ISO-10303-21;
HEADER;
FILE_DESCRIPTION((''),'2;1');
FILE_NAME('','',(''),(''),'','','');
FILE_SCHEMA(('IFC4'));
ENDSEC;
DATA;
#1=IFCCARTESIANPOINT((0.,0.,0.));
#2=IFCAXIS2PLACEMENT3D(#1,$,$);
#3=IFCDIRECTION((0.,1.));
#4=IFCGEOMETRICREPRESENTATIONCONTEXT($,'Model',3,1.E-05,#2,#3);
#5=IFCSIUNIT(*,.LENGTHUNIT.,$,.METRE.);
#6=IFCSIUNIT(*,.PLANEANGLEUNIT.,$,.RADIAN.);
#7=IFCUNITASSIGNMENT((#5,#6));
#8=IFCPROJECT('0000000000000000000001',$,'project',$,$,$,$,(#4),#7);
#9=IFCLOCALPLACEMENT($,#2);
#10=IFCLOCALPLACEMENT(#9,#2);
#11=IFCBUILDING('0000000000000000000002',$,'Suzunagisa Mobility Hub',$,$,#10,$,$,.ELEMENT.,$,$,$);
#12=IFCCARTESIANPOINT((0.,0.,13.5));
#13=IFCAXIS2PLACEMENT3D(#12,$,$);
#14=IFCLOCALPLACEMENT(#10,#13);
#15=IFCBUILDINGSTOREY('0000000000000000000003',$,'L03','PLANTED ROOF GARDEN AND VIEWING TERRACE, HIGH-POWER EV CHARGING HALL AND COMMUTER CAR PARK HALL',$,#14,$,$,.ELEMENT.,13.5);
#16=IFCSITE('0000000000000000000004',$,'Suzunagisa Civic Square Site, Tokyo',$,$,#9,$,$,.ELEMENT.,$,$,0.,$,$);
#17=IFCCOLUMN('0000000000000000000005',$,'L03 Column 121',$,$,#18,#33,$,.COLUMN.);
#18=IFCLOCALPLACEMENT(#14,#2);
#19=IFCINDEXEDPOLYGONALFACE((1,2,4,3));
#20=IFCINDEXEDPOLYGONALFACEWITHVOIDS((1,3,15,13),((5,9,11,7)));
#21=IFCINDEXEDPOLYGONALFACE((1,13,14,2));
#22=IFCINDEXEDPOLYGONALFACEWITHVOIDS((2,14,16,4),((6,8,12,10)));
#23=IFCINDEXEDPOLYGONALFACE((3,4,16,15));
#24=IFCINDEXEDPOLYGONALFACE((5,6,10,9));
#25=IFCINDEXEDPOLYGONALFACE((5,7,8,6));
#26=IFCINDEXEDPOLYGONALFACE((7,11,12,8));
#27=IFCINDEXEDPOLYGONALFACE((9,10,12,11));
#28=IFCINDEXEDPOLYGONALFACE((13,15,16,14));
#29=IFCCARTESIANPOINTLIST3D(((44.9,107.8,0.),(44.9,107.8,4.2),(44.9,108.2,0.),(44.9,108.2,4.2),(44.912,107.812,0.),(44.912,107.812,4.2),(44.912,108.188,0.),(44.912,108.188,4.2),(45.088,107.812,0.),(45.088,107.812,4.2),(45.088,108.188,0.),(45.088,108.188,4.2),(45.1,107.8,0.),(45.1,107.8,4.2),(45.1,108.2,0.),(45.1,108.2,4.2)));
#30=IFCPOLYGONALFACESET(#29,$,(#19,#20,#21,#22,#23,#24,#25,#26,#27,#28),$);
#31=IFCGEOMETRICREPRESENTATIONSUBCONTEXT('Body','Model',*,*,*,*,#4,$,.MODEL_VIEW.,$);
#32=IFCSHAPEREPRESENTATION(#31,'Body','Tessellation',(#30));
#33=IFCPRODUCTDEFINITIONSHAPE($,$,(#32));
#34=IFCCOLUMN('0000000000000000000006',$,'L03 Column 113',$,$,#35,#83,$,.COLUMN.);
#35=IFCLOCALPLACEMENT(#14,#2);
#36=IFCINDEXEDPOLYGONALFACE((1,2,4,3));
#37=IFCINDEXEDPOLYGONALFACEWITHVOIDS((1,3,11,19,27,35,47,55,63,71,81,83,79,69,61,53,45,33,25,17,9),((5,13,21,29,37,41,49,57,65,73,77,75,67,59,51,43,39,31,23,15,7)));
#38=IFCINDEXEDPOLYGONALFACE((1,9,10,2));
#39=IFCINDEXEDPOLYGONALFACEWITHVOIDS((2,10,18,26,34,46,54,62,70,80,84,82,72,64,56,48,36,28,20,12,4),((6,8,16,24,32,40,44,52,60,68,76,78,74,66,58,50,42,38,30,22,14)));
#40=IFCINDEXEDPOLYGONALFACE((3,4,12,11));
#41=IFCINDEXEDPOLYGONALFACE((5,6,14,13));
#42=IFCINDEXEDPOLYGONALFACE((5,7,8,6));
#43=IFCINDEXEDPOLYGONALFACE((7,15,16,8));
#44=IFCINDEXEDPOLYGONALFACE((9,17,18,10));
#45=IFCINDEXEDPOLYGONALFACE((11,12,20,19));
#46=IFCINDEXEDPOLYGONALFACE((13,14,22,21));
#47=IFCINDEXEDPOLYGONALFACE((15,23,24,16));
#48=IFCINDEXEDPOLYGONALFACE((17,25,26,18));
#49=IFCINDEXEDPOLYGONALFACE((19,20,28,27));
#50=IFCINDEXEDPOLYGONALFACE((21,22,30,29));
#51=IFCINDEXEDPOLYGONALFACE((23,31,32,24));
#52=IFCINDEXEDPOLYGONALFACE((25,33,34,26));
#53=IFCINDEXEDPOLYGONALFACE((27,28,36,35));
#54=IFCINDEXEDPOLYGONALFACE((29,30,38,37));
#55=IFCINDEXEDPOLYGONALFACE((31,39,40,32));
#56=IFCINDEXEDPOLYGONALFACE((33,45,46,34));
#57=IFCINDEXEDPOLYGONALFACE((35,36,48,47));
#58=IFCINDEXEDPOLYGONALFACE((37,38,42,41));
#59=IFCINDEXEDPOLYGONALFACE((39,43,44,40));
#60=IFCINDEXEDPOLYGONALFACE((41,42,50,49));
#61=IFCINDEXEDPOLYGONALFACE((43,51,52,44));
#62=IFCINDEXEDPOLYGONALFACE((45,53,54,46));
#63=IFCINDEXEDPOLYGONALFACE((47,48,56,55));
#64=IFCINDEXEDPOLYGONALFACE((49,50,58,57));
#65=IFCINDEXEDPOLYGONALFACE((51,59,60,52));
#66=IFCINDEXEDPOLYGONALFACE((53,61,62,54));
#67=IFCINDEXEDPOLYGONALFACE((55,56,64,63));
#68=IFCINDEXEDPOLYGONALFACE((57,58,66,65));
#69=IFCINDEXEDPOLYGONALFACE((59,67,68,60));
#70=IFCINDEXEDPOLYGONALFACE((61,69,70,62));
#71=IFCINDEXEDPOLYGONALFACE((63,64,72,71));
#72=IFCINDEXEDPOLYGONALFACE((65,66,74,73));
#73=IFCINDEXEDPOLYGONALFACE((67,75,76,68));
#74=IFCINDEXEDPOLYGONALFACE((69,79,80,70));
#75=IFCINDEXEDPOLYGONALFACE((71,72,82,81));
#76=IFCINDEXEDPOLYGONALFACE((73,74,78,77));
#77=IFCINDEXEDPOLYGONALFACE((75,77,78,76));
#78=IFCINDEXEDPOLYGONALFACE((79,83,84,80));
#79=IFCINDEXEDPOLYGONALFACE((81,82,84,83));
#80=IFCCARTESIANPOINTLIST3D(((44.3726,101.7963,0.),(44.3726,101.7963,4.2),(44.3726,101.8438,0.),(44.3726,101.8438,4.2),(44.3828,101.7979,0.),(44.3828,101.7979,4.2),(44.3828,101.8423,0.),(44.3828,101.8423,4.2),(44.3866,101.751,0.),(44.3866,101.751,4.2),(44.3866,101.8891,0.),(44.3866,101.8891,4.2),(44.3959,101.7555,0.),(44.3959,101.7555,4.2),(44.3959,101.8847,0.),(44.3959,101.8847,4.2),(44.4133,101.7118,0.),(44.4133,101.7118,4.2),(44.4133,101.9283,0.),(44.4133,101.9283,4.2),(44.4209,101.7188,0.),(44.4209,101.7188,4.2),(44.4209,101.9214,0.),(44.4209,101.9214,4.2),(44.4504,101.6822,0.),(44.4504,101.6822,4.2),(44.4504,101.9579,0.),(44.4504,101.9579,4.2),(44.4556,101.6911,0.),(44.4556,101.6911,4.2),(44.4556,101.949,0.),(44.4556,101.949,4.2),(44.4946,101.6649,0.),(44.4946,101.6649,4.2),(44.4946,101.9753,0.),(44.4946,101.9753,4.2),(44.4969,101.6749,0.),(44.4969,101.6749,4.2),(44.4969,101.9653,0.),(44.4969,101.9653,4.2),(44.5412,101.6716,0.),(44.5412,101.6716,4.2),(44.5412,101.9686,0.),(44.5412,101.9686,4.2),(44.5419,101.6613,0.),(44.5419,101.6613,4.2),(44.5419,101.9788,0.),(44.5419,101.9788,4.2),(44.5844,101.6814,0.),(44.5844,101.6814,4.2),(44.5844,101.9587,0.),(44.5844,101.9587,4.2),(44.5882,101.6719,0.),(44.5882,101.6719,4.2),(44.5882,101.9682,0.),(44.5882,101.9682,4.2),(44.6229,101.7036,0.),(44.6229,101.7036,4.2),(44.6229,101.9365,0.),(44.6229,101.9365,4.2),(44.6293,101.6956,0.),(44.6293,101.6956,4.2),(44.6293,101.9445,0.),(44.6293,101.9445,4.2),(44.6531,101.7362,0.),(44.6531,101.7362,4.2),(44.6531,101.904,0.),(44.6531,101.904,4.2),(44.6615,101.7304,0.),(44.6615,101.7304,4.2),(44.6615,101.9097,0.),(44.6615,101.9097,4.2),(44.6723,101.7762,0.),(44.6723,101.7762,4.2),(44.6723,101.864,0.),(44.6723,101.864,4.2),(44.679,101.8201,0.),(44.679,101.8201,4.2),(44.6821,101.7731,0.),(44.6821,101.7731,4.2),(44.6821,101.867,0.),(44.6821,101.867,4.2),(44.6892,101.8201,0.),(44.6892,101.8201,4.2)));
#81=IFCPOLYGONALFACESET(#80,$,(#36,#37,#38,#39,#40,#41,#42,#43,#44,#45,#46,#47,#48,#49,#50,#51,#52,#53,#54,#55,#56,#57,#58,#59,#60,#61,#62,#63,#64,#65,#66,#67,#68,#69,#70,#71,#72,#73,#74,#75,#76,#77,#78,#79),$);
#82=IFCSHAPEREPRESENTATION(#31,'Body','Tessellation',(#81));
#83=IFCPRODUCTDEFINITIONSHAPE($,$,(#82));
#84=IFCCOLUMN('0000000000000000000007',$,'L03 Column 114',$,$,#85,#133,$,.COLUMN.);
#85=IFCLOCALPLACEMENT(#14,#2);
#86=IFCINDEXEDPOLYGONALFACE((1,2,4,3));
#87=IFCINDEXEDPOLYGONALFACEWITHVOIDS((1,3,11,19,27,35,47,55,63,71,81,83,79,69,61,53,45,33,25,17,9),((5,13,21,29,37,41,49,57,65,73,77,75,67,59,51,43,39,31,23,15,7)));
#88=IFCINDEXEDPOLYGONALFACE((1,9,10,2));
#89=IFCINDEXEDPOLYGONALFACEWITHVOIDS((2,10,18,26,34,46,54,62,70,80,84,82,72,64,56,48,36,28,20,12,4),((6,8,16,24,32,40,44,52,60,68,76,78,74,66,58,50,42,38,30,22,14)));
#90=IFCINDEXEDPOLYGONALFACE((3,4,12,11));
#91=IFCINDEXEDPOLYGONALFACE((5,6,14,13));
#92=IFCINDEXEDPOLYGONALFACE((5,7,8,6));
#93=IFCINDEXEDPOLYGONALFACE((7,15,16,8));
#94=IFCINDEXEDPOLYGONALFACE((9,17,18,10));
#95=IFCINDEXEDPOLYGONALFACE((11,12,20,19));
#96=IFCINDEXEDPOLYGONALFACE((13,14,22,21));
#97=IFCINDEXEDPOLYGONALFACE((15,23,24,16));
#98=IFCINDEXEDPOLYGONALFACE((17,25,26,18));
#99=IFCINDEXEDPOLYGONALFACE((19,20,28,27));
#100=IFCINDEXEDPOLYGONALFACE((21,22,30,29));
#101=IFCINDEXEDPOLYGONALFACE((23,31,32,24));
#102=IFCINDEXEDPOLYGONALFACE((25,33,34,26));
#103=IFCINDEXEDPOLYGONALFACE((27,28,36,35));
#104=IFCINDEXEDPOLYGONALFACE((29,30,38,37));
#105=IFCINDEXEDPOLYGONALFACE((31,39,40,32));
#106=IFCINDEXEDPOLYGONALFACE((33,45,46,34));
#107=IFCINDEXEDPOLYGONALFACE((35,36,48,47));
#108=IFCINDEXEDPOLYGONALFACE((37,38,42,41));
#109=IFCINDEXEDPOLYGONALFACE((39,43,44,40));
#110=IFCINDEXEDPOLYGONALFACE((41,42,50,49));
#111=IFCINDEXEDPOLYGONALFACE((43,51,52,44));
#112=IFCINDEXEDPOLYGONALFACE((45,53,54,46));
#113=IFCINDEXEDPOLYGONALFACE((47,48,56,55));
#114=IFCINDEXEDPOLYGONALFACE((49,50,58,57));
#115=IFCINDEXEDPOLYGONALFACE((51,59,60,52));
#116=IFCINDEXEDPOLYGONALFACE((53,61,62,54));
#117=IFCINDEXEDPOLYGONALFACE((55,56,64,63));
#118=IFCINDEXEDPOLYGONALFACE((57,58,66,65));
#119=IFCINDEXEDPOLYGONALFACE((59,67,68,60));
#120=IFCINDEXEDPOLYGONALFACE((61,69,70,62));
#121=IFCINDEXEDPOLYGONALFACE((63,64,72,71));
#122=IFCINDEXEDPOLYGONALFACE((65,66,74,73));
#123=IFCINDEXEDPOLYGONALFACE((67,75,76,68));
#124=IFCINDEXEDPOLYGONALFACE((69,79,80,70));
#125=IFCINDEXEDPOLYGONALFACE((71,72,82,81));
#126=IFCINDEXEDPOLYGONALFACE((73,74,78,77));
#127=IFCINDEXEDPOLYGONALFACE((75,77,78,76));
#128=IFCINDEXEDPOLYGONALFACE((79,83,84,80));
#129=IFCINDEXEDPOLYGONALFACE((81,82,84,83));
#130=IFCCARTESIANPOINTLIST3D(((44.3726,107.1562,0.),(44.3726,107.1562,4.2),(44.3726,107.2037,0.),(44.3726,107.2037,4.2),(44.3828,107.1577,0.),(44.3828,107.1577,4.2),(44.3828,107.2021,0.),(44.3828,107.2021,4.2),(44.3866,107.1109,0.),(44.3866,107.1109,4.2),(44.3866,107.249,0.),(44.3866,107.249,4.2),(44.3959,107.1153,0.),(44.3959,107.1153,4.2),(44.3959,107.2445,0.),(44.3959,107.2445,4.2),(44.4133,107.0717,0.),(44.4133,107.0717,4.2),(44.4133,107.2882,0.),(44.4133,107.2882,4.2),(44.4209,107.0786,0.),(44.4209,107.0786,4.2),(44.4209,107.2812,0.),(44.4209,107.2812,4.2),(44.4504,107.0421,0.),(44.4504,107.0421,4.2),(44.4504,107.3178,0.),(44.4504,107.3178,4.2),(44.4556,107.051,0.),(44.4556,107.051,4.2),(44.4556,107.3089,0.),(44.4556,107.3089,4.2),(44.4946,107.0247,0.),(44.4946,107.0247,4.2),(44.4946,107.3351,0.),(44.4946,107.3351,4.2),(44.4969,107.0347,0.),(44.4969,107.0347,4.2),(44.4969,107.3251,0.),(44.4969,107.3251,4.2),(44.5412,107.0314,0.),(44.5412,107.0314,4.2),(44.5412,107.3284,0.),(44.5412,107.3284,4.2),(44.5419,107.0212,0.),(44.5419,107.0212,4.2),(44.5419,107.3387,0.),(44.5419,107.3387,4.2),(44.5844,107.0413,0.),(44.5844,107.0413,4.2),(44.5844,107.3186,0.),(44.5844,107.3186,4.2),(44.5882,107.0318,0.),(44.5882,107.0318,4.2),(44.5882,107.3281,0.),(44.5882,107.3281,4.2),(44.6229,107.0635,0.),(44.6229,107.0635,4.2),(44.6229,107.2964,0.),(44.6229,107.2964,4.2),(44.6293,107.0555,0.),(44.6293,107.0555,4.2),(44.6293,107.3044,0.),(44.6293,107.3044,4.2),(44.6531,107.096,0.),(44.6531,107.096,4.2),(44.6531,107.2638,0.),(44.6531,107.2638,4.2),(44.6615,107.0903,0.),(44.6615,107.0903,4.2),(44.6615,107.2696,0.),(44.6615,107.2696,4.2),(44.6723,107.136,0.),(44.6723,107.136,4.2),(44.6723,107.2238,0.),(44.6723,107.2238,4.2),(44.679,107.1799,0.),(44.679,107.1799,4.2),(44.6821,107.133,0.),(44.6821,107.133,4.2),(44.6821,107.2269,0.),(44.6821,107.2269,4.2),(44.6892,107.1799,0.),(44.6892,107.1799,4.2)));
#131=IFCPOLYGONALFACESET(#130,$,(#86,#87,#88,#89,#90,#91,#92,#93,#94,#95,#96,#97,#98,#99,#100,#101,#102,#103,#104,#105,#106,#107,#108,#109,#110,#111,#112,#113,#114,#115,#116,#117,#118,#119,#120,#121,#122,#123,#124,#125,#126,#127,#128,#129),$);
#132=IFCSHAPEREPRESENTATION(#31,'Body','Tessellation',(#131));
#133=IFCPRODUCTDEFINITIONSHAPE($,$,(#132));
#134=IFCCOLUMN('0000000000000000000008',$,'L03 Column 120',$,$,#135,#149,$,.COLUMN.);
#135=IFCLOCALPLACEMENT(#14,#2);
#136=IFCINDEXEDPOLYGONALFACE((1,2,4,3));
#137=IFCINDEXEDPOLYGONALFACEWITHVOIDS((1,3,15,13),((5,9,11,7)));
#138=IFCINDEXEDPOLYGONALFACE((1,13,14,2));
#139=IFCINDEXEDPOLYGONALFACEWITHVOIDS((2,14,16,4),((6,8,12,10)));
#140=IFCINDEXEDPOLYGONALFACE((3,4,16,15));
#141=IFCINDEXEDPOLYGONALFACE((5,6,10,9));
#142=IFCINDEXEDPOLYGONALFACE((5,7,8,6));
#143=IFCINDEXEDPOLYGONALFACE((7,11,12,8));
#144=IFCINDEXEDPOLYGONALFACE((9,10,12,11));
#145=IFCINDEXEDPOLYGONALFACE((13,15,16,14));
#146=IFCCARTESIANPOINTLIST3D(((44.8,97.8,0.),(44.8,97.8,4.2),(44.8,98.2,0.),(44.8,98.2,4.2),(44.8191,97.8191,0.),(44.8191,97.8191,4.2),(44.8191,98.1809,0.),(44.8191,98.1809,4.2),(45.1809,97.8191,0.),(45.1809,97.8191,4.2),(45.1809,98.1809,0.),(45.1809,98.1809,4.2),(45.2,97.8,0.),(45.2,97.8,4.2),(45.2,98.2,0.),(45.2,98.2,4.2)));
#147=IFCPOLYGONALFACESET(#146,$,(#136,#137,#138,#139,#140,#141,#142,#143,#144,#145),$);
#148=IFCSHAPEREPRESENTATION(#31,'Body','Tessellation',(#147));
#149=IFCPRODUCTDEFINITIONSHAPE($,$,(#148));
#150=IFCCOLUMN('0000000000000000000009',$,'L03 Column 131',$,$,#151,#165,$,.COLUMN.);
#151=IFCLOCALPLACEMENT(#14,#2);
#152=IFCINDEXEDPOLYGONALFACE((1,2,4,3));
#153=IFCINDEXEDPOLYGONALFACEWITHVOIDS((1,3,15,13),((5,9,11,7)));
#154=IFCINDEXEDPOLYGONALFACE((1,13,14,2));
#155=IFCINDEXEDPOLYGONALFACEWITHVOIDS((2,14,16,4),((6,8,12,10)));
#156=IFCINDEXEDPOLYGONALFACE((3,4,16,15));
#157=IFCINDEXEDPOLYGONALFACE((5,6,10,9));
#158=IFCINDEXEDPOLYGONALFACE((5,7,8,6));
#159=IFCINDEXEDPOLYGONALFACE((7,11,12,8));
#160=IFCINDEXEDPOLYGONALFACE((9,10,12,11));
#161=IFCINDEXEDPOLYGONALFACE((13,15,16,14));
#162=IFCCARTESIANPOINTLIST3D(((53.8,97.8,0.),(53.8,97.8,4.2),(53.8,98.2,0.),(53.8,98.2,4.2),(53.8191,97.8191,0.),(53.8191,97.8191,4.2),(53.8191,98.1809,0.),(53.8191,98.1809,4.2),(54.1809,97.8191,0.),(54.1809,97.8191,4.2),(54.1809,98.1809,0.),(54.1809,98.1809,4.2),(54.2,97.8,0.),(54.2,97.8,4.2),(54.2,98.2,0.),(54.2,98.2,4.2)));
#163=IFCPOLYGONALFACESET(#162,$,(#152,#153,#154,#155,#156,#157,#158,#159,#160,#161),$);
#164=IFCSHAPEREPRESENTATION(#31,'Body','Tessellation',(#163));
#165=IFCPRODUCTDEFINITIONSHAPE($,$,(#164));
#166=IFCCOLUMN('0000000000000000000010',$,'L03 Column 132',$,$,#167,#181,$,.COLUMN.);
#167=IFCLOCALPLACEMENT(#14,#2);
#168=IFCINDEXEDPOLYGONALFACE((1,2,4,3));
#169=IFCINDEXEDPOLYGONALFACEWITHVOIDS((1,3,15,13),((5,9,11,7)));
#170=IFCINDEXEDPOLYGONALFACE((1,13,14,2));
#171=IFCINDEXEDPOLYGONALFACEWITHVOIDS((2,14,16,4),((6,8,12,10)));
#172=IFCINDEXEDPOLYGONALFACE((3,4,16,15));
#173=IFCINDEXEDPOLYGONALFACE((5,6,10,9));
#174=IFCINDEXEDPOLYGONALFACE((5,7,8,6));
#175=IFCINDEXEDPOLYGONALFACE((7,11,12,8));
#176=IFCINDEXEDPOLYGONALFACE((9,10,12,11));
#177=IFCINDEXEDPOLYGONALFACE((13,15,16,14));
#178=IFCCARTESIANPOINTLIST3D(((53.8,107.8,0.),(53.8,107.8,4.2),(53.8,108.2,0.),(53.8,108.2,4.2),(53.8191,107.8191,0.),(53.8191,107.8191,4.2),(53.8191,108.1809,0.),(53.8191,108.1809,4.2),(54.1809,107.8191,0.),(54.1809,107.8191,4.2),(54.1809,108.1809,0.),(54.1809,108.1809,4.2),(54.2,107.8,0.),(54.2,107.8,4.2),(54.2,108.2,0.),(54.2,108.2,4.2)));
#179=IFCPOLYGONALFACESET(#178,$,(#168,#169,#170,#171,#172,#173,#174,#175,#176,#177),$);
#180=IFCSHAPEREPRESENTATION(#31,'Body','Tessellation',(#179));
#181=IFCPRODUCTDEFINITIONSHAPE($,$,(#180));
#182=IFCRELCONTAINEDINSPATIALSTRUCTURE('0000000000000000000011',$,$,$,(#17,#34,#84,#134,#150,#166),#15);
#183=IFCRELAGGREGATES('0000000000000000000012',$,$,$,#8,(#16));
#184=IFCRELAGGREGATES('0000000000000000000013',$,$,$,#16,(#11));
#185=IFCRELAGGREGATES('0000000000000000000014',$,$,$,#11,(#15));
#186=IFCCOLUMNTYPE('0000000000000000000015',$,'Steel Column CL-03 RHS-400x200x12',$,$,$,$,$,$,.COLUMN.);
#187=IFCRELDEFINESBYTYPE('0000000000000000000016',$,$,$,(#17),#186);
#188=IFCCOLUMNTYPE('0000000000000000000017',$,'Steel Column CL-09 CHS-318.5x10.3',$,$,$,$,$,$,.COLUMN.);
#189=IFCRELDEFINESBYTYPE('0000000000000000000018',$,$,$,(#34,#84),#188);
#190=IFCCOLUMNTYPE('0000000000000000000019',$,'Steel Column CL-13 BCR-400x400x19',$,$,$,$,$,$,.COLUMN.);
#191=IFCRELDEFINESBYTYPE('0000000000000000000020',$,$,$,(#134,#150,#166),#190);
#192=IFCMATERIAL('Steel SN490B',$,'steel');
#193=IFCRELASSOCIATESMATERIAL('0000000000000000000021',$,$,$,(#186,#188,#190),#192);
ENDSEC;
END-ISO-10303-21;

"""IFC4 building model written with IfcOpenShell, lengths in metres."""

from ifc_helpers import new_model, si_unit, direction, frame, origin, origin_2d, place, context, subcontext, project, spatial, hollow_rectangle, hollow_circle, extrude, material, material_profile, profile_set, type_object, element, save


model = new_model("IFC4")

# Units and contexts
model_context = context("Model", 3, precision=1e-05, world=origin(), true_north=direction((0.0, 1.0)))
body_context = subcontext(model_context, "Body", "Model", "MODEL_VIEW")
ifc_project = project(units=[si_unit("LENGTHUNIT", "METRE"), si_unit("PLANEANGLEUNIT", "RADIAN")], contexts=[model_context])

# Site, building, storey
site_placement = place(None, origin())
site = spatial("IfcSite", under=ifc_project, at=site_placement, Name="Suzunagisa Civic Square Site, Tokyo", CompositionType="ELEMENT", RefElevation=0.0)
building_placement = place(site_placement, origin())
building = spatial("IfcBuilding", under=site, at=building_placement, Name="Suzunagisa Mobility Hub", CompositionType="ELEMENT")
storey_placement = place(building_placement, frame((0.0, 0.0, 13.5)))
storey = spatial("IfcBuildingStorey", under=building, at=storey_placement, Name="L03", Description="PLANTED ROOF GARDEN AND VIEWING TERRACE, HIGH-POWER EV CHARGING HALL AND COMMUTER CAR PARK HALL", CompositionType="ELEMENT", Elevation=13.5)

# Columns
ifc_material_1 = material(Name="Steel SN490B", Category="steel")
ifc_material_profile_1 = material_profile(ifc_material_1, hollow_rectangle(XDim=0.2, YDim=0.3999, WallThickness=0.012, at=origin_2d()), Name="RHS-400x200x12")
ifc_profile_set_1 = profile_set([ifc_material_profile_1], Name="Steel SN490B")
column_type_1 = type_object("IfcColumnType", Name="Steel Column CL-03 RHS-400x200x12", PredefinedType="COLUMN", material=ifc_profile_set_1)
column_placement = place(storey_placement, frame((45.0, 108.0, 0.0), z_axis=(0.0, 0.0, 1.0), x_axis=(1.0, 0.0, 0.0)))
element("IfcColumn", 1, at=column_placement, inside=storey, type_object=column_type_1, Name="L03 Column 121", PredefinedType="COLUMN", context=body_context, shape_type="SweptSolid", body=[
    extrude(hollow_rectangle(XDim=0.2, YDim=0.3999, WallThickness=0.012, at=origin_2d()), origin(), (0.0, 0.0, 1.0), 4.2),
])
ifc_material_profile_2 = material_profile(ifc_material_1, hollow_circle(Radius=0.1592, WallThickness=0.0103, at=origin_2d()), Name="CHS-318.5x10.3")
ifc_profile_set_2 = profile_set([ifc_material_profile_2], Name="Steel SN490B")
column_type_2 = type_object("IfcColumnType", Name="Steel Column CL-09 CHS-318.5x10.3", PredefinedType="COLUMN", material=ifc_profile_set_2)
for number, where, z_axis, x_axis, name in (
    (2, (44.53, 101.8201, 0.0), (0.0, 0.0, 1.0), (1.0, 0.0, 0.0), "L03 Column 113"),
    (3, (44.53, 107.1799, 0.0), (0.0, 0.0, 1.0), (1.0, 0.0, 0.0), "L03 Column 114"),
):
    element("IfcColumn", number, at=place(storey_placement, frame(where, z_axis=z_axis, x_axis=x_axis)), inside=storey, type_object=column_type_2, Name=name, PredefinedType="COLUMN", context=body_context, shape_type="SweptSolid", body=[
        extrude(hollow_circle(Radius=0.1592, WallThickness=0.0103, at=origin_2d()), origin(), (0.0, 0.0, 1.0), 4.2),
    ])
ifc_material_profile_3 = material_profile(ifc_material_1, hollow_rectangle(XDim=0.3999, YDim=0.3999, WallThickness=0.019, at=origin_2d()), Name="BCR-400x400x19")
ifc_profile_set_3 = profile_set([ifc_material_profile_3], Name="Steel SN490B")
column_type_3 = type_object("IfcColumnType", Name="Steel Column CL-13 BCR-400x400x19", PredefinedType="COLUMN", material=ifc_profile_set_3)
for number, where, z_axis, x_axis, name in (
    (4, (45.0, 98.0, 0.0), (0.0, 0.0, 1.0), (1.0, 0.0, 0.0), "L03 Column 120"),
    (5, (54.0, 98.0, 0.0), (0.0, 0.0, 1.0), (1.0, 0.0, 0.0), "L03 Column 131"),
    (6, (54.0, 108.0, 0.0), (0.0, 0.0, 1.0), (1.0, 0.0, 0.0), "L03 Column 132"),
):
    element("IfcColumn", number, at=place(storey_placement, frame(where, z_axis=z_axis, x_axis=x_axis)), inside=storey, type_object=column_type_3, Name=name, PredefinedType="COLUMN", context=body_context, shape_type="SweptSolid", body=[
        extrude(hollow_rectangle(XDim=0.3999, YDim=0.3999, WallThickness=0.019, at=origin_2d()), origin(), (0.0, 0.0, 1.0), 4.2),
    ])

save(model, "model.ifc")
